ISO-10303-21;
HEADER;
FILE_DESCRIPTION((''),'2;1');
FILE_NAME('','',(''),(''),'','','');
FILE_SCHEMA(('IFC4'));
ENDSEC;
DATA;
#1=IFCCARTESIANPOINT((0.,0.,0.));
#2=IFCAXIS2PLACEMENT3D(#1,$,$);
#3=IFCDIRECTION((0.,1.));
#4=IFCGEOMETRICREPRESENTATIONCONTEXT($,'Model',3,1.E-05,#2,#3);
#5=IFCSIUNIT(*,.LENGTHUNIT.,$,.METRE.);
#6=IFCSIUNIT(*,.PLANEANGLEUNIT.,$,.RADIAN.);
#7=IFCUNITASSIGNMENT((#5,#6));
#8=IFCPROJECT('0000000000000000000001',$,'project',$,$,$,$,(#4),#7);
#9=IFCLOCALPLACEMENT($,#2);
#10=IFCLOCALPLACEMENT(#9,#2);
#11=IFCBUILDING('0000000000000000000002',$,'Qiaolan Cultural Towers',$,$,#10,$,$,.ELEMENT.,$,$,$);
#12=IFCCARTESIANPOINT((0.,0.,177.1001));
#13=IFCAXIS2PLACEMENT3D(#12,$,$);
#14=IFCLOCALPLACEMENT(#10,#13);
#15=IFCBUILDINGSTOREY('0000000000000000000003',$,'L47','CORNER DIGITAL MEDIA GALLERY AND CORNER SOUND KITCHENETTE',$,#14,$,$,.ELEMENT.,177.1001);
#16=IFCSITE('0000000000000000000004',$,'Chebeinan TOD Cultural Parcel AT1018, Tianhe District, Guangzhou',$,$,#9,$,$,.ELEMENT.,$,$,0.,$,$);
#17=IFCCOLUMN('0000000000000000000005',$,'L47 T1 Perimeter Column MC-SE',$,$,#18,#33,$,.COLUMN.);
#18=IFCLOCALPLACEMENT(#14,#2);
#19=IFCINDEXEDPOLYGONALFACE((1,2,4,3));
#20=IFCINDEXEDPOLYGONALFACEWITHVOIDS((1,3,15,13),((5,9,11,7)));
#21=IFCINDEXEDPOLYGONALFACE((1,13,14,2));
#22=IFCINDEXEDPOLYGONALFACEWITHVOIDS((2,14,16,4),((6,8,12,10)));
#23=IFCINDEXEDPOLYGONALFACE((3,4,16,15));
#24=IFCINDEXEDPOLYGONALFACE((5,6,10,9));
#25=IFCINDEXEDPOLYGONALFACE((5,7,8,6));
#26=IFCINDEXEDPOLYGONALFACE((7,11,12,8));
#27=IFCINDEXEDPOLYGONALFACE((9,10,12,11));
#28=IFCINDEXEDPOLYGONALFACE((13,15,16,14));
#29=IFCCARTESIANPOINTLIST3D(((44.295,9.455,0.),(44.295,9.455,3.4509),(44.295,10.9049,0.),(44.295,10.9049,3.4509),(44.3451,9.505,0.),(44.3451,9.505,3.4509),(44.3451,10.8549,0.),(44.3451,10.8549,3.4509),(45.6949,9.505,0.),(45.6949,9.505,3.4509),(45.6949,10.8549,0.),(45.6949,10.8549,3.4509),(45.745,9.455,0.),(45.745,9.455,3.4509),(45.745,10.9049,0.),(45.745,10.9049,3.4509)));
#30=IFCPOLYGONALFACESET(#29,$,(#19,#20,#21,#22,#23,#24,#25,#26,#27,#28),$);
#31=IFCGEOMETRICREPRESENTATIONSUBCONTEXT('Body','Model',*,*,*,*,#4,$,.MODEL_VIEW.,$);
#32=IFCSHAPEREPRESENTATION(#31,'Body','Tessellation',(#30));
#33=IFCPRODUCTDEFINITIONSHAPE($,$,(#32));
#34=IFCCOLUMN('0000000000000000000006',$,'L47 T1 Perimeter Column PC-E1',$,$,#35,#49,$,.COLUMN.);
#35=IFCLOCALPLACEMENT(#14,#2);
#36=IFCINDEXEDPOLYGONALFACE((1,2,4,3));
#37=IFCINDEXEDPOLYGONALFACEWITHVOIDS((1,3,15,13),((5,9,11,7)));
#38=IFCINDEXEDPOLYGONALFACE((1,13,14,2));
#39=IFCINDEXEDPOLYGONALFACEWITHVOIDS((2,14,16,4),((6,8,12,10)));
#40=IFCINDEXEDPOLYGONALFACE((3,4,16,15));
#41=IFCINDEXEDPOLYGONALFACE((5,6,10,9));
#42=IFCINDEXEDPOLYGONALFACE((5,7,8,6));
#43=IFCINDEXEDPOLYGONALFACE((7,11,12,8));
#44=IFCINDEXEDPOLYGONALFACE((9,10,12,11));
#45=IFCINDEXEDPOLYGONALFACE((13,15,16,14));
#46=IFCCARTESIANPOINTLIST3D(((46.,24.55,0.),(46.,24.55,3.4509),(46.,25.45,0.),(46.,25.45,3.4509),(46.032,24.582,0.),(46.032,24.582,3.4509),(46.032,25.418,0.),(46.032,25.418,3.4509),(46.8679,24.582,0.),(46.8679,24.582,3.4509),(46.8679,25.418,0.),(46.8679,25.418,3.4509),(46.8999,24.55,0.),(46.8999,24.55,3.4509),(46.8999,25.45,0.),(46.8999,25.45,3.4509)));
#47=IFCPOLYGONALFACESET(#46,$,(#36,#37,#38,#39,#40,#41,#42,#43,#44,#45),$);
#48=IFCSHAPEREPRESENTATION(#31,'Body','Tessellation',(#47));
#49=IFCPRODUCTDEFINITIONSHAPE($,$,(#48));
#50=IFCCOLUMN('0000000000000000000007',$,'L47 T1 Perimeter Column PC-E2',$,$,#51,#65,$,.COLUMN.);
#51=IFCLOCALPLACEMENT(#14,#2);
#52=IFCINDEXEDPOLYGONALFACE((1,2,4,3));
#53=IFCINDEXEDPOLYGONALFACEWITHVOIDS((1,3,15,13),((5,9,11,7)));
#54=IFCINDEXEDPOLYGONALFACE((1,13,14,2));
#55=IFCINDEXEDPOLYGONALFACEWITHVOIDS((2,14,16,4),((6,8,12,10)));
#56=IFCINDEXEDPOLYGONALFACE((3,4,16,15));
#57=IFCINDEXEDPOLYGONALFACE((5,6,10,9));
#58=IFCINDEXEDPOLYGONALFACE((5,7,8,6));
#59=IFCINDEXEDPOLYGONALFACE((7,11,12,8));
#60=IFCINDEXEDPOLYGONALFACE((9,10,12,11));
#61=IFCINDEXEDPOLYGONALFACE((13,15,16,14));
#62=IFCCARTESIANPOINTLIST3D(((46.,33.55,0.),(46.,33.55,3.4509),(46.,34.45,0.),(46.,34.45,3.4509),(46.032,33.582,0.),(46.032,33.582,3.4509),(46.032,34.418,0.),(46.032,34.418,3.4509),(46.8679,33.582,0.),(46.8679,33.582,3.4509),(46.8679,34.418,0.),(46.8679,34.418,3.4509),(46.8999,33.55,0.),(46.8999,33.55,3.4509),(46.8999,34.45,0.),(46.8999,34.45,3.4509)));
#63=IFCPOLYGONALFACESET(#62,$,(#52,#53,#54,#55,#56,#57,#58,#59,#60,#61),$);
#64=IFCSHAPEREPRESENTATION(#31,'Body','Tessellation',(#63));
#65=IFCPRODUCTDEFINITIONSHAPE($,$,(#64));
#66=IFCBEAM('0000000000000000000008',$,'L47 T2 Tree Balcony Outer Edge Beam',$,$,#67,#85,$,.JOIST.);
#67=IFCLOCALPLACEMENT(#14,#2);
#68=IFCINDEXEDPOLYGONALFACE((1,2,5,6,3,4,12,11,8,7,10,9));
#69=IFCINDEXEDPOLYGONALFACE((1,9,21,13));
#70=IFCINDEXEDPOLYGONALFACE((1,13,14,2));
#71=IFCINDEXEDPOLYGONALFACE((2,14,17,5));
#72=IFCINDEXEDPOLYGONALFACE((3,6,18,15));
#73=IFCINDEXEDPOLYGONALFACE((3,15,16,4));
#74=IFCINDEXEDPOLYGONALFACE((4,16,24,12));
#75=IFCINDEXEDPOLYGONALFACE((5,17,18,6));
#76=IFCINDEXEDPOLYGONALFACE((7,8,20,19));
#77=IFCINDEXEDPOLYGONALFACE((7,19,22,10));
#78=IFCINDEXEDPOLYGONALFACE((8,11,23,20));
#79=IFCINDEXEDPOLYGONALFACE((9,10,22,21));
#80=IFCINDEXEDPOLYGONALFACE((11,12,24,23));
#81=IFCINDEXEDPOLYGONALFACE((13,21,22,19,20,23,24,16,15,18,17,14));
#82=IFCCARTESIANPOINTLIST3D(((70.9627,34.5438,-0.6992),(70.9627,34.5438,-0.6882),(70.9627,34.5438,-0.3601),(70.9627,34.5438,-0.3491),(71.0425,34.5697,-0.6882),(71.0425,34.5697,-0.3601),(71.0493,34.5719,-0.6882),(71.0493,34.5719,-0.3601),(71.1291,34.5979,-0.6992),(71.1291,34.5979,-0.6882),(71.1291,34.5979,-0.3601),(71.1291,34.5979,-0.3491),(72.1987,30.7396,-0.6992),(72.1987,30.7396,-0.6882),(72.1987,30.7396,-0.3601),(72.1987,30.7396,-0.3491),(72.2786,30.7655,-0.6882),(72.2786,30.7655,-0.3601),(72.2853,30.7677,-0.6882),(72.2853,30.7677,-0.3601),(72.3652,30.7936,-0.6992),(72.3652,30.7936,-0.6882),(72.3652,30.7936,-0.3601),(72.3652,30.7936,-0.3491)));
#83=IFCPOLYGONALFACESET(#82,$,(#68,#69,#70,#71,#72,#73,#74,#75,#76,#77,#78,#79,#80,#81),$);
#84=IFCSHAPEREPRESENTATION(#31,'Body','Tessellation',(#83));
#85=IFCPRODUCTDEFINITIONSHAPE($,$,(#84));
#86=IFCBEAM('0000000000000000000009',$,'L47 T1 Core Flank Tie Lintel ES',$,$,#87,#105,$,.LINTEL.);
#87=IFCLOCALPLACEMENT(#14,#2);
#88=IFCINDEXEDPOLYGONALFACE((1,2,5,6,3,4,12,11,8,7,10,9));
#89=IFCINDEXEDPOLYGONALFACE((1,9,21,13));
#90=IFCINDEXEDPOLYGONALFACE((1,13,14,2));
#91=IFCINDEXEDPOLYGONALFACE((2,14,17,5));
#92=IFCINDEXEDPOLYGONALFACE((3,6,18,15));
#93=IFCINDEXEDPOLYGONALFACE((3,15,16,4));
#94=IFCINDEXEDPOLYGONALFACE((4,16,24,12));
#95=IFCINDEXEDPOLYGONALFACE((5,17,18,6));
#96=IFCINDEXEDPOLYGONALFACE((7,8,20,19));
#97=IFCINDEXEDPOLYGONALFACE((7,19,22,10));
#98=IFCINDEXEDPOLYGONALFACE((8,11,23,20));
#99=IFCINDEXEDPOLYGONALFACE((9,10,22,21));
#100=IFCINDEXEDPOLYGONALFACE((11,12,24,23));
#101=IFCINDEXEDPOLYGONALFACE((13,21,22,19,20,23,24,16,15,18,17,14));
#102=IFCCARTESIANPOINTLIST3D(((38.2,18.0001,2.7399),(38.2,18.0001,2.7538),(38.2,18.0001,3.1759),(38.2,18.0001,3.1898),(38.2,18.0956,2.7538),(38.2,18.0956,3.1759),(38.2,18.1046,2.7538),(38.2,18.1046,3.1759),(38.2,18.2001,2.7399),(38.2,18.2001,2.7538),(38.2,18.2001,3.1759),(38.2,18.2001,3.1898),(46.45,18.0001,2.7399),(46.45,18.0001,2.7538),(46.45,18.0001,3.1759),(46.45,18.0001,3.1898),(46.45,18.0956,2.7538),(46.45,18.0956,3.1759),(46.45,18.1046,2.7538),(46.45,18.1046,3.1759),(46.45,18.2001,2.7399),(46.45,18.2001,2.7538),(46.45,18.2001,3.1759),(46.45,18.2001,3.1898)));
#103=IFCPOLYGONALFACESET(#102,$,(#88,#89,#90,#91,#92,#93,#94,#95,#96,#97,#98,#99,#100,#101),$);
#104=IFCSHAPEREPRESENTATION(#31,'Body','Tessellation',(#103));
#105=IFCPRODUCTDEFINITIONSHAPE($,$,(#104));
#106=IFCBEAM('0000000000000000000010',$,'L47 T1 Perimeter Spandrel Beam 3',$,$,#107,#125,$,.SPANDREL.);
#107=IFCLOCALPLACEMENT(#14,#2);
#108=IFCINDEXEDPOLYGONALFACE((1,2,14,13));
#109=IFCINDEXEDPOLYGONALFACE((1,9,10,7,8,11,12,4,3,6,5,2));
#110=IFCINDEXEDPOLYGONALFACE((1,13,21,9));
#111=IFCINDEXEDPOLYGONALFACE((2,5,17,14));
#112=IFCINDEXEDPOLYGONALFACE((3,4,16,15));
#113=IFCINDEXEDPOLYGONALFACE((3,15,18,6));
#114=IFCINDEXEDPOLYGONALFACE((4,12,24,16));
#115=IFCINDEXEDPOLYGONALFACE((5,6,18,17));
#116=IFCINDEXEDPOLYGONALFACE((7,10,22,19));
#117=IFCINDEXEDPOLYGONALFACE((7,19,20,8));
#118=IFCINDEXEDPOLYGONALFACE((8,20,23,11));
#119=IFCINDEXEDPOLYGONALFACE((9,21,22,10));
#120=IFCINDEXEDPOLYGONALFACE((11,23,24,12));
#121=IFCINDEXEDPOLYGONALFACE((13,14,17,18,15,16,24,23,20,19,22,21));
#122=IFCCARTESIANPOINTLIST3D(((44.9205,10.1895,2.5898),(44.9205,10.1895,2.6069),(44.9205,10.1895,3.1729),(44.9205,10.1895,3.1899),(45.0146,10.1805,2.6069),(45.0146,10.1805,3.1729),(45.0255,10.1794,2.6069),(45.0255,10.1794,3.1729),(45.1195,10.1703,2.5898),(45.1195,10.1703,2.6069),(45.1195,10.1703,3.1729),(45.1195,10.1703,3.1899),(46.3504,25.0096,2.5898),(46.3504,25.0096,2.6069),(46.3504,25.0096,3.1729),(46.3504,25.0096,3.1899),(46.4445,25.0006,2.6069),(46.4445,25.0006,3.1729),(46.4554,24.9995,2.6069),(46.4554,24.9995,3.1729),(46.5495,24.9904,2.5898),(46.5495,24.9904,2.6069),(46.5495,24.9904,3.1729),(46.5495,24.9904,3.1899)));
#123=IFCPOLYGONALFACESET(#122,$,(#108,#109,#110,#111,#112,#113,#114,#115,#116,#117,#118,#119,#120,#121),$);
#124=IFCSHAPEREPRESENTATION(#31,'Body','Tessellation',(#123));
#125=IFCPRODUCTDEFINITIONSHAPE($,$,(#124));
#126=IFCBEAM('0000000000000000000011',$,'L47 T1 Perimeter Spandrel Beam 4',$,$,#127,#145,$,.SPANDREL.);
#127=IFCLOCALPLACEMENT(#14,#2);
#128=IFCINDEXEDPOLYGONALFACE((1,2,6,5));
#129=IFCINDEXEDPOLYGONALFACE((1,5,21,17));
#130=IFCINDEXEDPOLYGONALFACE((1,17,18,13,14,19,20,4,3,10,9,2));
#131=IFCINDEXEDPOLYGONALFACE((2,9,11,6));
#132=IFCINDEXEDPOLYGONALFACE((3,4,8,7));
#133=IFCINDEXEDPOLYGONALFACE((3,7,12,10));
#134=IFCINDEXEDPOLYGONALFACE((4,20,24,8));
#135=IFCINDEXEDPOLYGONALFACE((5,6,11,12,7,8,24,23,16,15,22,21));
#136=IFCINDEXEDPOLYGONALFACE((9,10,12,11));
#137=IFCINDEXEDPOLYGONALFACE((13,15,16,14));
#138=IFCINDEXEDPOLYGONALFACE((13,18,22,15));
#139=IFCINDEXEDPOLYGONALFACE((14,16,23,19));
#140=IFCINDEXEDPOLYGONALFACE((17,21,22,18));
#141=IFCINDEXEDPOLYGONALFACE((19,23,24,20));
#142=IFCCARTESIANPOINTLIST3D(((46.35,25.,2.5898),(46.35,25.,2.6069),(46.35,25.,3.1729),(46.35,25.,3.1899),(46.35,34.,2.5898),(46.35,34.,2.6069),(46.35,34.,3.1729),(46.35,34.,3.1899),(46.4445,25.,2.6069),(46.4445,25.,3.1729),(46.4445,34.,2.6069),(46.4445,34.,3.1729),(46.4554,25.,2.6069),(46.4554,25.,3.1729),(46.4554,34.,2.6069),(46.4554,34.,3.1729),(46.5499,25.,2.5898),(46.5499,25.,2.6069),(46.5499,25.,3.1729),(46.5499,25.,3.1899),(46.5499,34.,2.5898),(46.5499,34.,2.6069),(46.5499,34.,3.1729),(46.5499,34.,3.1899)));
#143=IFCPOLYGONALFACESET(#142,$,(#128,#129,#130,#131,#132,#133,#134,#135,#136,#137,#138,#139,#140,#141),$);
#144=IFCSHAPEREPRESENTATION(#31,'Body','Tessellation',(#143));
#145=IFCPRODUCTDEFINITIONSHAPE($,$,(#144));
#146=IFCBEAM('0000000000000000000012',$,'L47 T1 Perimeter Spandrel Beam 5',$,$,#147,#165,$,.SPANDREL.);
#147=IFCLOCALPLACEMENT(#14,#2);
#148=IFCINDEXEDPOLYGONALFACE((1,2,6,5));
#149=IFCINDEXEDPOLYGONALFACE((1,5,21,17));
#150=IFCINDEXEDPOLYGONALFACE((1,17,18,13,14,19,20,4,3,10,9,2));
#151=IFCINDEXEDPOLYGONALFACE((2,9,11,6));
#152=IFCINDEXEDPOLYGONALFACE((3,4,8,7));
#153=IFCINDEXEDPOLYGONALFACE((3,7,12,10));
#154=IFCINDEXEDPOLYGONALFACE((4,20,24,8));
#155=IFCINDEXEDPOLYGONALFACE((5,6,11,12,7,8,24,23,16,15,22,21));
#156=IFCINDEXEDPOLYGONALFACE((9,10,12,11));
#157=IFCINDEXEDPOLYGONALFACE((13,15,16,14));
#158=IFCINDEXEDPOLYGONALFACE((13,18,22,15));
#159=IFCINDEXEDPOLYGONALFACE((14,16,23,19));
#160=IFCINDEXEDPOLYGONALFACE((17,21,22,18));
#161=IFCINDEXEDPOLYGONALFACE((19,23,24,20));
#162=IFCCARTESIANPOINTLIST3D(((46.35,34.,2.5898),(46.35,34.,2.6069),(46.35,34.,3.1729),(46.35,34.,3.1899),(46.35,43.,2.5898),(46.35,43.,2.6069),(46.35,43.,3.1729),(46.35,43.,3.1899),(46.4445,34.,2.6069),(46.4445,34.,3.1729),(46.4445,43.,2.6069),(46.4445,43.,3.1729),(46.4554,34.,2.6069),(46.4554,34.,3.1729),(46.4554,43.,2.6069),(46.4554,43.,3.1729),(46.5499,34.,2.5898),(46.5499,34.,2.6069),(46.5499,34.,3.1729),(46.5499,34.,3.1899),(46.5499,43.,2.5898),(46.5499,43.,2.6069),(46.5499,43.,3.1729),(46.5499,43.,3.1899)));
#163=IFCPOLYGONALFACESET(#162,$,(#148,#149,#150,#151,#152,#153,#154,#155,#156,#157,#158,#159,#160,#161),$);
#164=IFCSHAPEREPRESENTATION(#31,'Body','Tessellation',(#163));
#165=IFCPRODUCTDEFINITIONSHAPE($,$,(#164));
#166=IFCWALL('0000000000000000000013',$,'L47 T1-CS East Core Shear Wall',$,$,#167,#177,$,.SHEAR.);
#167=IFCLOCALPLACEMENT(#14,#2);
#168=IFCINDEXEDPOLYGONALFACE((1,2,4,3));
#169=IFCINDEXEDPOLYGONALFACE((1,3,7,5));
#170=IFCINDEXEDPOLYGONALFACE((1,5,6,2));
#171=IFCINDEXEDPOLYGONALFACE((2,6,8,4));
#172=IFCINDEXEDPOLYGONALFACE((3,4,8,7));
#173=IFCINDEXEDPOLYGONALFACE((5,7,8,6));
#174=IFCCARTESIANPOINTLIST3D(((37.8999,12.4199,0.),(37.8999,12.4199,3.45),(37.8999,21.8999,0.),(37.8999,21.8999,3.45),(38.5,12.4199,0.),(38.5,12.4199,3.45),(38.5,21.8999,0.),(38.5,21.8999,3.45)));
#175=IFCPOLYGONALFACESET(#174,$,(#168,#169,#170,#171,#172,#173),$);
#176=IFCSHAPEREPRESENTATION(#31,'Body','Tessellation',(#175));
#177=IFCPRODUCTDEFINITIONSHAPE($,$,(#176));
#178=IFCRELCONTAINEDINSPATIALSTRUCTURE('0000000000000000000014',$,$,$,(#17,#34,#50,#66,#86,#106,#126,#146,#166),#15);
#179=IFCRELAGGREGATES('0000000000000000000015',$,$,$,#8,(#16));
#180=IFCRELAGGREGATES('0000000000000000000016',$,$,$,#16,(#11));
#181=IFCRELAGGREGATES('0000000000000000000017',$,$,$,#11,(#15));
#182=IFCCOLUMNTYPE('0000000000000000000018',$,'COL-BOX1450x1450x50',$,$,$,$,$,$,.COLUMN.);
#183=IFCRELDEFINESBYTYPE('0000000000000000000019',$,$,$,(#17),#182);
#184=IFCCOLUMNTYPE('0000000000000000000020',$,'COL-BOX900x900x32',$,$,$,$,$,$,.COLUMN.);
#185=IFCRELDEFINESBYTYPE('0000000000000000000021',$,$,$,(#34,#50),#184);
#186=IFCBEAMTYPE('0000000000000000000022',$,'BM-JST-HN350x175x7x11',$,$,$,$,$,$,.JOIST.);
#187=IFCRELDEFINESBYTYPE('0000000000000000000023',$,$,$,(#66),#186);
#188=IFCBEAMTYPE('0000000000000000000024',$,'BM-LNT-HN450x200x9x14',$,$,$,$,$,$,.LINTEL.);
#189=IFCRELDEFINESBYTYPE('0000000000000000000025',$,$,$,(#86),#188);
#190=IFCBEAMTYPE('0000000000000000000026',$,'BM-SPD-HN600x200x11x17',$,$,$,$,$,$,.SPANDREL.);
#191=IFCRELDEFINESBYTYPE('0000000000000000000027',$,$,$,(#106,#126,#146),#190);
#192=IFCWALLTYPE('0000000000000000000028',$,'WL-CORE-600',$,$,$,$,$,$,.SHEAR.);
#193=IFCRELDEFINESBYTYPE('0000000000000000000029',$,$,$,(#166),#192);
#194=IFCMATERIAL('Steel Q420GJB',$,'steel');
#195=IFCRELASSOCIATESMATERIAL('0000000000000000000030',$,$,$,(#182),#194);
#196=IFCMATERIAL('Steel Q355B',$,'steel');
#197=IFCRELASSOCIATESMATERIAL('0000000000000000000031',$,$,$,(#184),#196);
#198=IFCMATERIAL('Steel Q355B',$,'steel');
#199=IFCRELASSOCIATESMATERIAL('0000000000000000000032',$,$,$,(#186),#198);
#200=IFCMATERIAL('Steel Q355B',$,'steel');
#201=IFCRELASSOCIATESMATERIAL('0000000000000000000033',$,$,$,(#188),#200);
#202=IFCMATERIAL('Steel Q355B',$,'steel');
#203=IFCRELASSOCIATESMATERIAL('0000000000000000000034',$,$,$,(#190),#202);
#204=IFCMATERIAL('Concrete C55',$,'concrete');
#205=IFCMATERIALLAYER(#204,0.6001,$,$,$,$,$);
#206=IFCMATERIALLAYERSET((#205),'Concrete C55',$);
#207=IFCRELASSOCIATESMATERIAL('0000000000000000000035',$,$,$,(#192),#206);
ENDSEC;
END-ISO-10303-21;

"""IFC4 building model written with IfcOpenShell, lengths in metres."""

from ifc_helpers import new_model, si_unit, direction, frame, frame_2d, origin, origin_2d, place, context, subcontext, project, spatial, rectangle, hollow_rectangle, i_section, extrude, material, layer, layer_set, material_profile, profile_set, type_object, element, save


model = new_model("IFC4")

# Units and contexts
model_context = context("Model", 3, precision=1e-05, world=origin(), true_north=direction((0.0, 1.0)))
body_context = subcontext(model_context, "Body", "Model", "MODEL_VIEW")
ifc_project = project(units=[si_unit("LENGTHUNIT", "METRE"), si_unit("PLANEANGLEUNIT", "RADIAN")], contexts=[model_context])

# Site, building, storey
site_placement = place(None, origin())
site = spatial("IfcSite", under=ifc_project, at=site_placement, Name="Chebeinan TOD Cultural Parcel AT1018, Tianhe District, Guangzhou", CompositionType="ELEMENT", RefElevation=0.0)
building_placement = place(site_placement, origin())
building = spatial("IfcBuilding", under=site, at=building_placement, Name="Qiaolan Cultural Towers", CompositionType="ELEMENT")
storey_placement = place(building_placement, frame((0.0, 0.0, 177.1001)))
storey = spatial("IfcBuildingStorey", under=building, at=storey_placement, Name="L47", Description="CORNER DIGITAL MEDIA GALLERY AND CORNER SOUND KITCHENETTE", CompositionType="ELEMENT", Elevation=177.1001)

# Columns
ifc_material_1 = material(Name="Steel Q420GJB", Category="steel")
ifc_material_profile_1 = material_profile(ifc_material_1, hollow_rectangle(XDim=1.45, YDim=1.45, WallThickness=0.05, at=origin_2d()), Name="BOX1450x1450x50")
ifc_profile_set_1 = profile_set([ifc_material_profile_1], Name="Steel Q420GJB")
column_type_1 = type_object("IfcColumnType", Name="COL-BOX1450x1450x50", PredefinedType="COLUMN", material=ifc_profile_set_1)
column_placement = place(storey_placement, frame((45.02, 10.1799, 0.0), z_axis=(0.0, 0.0, 1.0), x_axis=(1.0, 0.0, 0.0)))
element("IfcColumn", 1, at=column_placement, inside=storey, type_object=column_type_1, Name="L47 T1 Perimeter Column MC-SE", PredefinedType="COLUMN", context=body_context, shape_type="SweptSolid", body=[
    extrude(hollow_rectangle(XDim=1.45, YDim=1.45, WallThickness=0.05, at=origin_2d()), origin(), (0.0, 0.0, 1.0), 3.4509),
])
ifc_material_2 = material(Name="Steel Q355B", Category="steel")
ifc_material_profile_2 = material_profile(ifc_material_2, hollow_rectangle(XDim=0.8999, YDim=0.8999, WallThickness=0.032, at=origin_2d()), Name="BOX900x900x32")
ifc_profile_set_2 = profile_set([ifc_material_profile_2], Name="Steel Q355B")
column_type_2 = type_object("IfcColumnType", Name="COL-BOX900x900x32", PredefinedType="COLUMN", material=ifc_profile_set_2)
for number, where, z_axis, x_axis, name in (
    (2, (46.45, 25.0, 0.0), (0.0, 0.0, 1.0), (1.0, 0.0, 0.0), "L47 T1 Perimeter Column PC-E1"),
    (3, (46.45, 34.0, 0.0), (0.0, 0.0, 1.0), (1.0, 0.0, 0.0), "L47 T1 Perimeter Column PC-E2"),
):
    element("IfcColumn", number, at=place(storey_placement, frame(where, z_axis=z_axis, x_axis=x_axis)), inside=storey, type_object=column_type_2, Name=name, PredefinedType="COLUMN", context=body_context, shape_type="SweptSolid", body=[
        extrude(hollow_rectangle(XDim=0.8999, YDim=0.8999, WallThickness=0.032, at=origin_2d()), origin(), (0.0, 0.0, 1.0), 3.4509),
    ])

# Beams
ifc_material_3 = material(Name="Steel Q355B", Category="steel")
ifc_material_profile_3 = material_profile(ifc_material_3, i_section(OverallWidth=0.175, OverallDepth=0.3501, WebThickness=0.0071, FlangeThickness=0.011, at=origin_2d()), Name="HN350x175x7x11")
ifc_profile_set_3 = profile_set([ifc_material_profile_3], Name="Steel Q355B")
beam_type_1 = type_object("IfcBeamType", Name="BM-JST-HN350x175x7x11", PredefinedType="JOIST", material=ifc_profile_set_3)
beam_1_placement = place(storey_placement, frame((72.282, 30.7666, -0.5242), z_axis=(-0.309023, 0.951055, 0.0), x_axis=(-0.951055, -0.309023, 0.0)))
element("IfcBeam", 4, at=beam_1_placement, inside=storey, type_object=beam_type_1, Name="L47 T2 Tree Balcony Outer Edge Beam", PredefinedType="JOIST", context=body_context, shape_type="SweptSolid", body=[
    extrude(i_section(OverallWidth=0.175, OverallDepth=0.3501, WebThickness=0.0071, FlangeThickness=0.011, at=origin_2d()), origin(), (0.0, 0.0, 1.0), 4.0),
])
ifc_material_4 = material(Name="Steel Q355B", Category="steel")
ifc_material_profile_4 = material_profile(ifc_material_4, i_section(OverallWidth=0.2, OverallDepth=0.45, WebThickness=0.009, FlangeThickness=0.0139, at=origin_2d()), Name="HN450x200x9x14")
ifc_profile_set_4 = profile_set([ifc_material_profile_4], Name="Steel Q355B")
beam_type_2 = type_object("IfcBeamType", Name="BM-LNT-HN450x200x9x14", PredefinedType="LINTEL", material=ifc_profile_set_4)
beam_2_placement = place(storey_placement, frame((38.2, 18.1001, 2.9648), z_axis=(1.0, 0.0, 0.0), x_axis=(0.0, 1.0, 0.0)))
element("IfcBeam", 5, at=beam_2_placement, inside=storey, type_object=beam_type_2, Name="L47 T1 Core Flank Tie Lintel ES", PredefinedType="LINTEL", context=body_context, shape_type="SweptSolid", body=[
    extrude(i_section(OverallWidth=0.2, OverallDepth=0.45, WebThickness=0.009, FlangeThickness=0.0139, at=origin_2d()), origin(), (0.0, 0.0, 1.0), 8.25),
])
ifc_material_5 = material(Name="Steel Q355B", Category="steel")
ifc_material_profile_5 = material_profile(ifc_material_5, i_section(OverallWidth=0.2, OverallDepth=0.6001, WebThickness=0.011, FlangeThickness=0.0171, at=origin_2d()), Name="HN600x200x11x17")
ifc_profile_set_5 = profile_set([ifc_material_profile_5], Name="Steel Q355B")
beam_type_3 = type_object("IfcBeamType", Name="BM-SPD-HN600x200x11x17", PredefinedType="SPANDREL", material=ifc_profile_set_5)
beam_3_placement = place(storey_placement, frame((45.02, 10.1799, 2.8899), z_axis=(0.09604, 0.995377, 0.0), x_axis=(-0.995377, 0.09604, 0.0)))
element("IfcBeam", 6, at=beam_3_placement, inside=storey, type_object=beam_type_3, Name="L47 T1 Perimeter Spandrel Beam 3", PredefinedType="SPANDREL", context=body_context, shape_type="SweptSolid", body=[
    extrude(i_section(OverallWidth=0.2, OverallDepth=0.6001, WebThickness=0.011, FlangeThickness=0.0171, at=origin_2d()), origin(), (0.0, 0.0, 1.0), 14.8889),
])
for number, where, z_axis, x_axis, name in (
    (7, (46.45, 25.0, 2.8899), (0.0, 1.0, 0.0), (-1.0, 0.0, 0.0), "L47 T1 Perimeter Spandrel Beam 4"),
    (8, (46.45, 34.0, 2.8899), (0.0, 1.0, 0.0), (-1.0, 0.0, 0.0), "L47 T1 Perimeter Spandrel Beam 5"),
):
    element("IfcBeam", number, at=place(storey_placement, frame(where, z_axis=z_axis, x_axis=x_axis)), inside=storey, type_object=beam_type_3, Name=name, PredefinedType="SPANDREL", context=body_context, shape_type="SweptSolid", body=[
        extrude(i_section(OverallWidth=0.2, OverallDepth=0.6001, WebThickness=0.011, FlangeThickness=0.0171, at=origin_2d()), origin(), (0.0, 0.0, 1.0), 9.0),
    ])

# Wall
ifc_material_6 = material(Name="Concrete C55", Category="concrete")
ifc_layer_1 = layer(ifc_material_6, 0.6001)
ifc_layer_set_1 = layer_set([ifc_layer_1], Name="Concrete C55")
wall_type_1 = type_object("IfcWallType", Name="WL-CORE-600", PredefinedType="SHEAR", material=ifc_layer_set_1)
wall_1_placement = place(storey_placement, frame((38.2, 21.8999, 0.0), z_axis=(0.0, 0.0, 1.0), x_axis=(0.0, -1.0, 0.0)))
element("IfcWall", 9, at=wall_1_placement, inside=storey, type_object=wall_type_1, Name="L47 T1-CS East Core Shear Wall", PredefinedType="SHEAR", context=body_context, shape_type="SweptSolid", body=[
    extrude(rectangle(XDim=9.48, YDim=0.6001, at=frame_2d((4.74, 0.0))), origin(), (0.0, 0.0, 1.0), 3.45),
])

save(model, "model.ifc")
